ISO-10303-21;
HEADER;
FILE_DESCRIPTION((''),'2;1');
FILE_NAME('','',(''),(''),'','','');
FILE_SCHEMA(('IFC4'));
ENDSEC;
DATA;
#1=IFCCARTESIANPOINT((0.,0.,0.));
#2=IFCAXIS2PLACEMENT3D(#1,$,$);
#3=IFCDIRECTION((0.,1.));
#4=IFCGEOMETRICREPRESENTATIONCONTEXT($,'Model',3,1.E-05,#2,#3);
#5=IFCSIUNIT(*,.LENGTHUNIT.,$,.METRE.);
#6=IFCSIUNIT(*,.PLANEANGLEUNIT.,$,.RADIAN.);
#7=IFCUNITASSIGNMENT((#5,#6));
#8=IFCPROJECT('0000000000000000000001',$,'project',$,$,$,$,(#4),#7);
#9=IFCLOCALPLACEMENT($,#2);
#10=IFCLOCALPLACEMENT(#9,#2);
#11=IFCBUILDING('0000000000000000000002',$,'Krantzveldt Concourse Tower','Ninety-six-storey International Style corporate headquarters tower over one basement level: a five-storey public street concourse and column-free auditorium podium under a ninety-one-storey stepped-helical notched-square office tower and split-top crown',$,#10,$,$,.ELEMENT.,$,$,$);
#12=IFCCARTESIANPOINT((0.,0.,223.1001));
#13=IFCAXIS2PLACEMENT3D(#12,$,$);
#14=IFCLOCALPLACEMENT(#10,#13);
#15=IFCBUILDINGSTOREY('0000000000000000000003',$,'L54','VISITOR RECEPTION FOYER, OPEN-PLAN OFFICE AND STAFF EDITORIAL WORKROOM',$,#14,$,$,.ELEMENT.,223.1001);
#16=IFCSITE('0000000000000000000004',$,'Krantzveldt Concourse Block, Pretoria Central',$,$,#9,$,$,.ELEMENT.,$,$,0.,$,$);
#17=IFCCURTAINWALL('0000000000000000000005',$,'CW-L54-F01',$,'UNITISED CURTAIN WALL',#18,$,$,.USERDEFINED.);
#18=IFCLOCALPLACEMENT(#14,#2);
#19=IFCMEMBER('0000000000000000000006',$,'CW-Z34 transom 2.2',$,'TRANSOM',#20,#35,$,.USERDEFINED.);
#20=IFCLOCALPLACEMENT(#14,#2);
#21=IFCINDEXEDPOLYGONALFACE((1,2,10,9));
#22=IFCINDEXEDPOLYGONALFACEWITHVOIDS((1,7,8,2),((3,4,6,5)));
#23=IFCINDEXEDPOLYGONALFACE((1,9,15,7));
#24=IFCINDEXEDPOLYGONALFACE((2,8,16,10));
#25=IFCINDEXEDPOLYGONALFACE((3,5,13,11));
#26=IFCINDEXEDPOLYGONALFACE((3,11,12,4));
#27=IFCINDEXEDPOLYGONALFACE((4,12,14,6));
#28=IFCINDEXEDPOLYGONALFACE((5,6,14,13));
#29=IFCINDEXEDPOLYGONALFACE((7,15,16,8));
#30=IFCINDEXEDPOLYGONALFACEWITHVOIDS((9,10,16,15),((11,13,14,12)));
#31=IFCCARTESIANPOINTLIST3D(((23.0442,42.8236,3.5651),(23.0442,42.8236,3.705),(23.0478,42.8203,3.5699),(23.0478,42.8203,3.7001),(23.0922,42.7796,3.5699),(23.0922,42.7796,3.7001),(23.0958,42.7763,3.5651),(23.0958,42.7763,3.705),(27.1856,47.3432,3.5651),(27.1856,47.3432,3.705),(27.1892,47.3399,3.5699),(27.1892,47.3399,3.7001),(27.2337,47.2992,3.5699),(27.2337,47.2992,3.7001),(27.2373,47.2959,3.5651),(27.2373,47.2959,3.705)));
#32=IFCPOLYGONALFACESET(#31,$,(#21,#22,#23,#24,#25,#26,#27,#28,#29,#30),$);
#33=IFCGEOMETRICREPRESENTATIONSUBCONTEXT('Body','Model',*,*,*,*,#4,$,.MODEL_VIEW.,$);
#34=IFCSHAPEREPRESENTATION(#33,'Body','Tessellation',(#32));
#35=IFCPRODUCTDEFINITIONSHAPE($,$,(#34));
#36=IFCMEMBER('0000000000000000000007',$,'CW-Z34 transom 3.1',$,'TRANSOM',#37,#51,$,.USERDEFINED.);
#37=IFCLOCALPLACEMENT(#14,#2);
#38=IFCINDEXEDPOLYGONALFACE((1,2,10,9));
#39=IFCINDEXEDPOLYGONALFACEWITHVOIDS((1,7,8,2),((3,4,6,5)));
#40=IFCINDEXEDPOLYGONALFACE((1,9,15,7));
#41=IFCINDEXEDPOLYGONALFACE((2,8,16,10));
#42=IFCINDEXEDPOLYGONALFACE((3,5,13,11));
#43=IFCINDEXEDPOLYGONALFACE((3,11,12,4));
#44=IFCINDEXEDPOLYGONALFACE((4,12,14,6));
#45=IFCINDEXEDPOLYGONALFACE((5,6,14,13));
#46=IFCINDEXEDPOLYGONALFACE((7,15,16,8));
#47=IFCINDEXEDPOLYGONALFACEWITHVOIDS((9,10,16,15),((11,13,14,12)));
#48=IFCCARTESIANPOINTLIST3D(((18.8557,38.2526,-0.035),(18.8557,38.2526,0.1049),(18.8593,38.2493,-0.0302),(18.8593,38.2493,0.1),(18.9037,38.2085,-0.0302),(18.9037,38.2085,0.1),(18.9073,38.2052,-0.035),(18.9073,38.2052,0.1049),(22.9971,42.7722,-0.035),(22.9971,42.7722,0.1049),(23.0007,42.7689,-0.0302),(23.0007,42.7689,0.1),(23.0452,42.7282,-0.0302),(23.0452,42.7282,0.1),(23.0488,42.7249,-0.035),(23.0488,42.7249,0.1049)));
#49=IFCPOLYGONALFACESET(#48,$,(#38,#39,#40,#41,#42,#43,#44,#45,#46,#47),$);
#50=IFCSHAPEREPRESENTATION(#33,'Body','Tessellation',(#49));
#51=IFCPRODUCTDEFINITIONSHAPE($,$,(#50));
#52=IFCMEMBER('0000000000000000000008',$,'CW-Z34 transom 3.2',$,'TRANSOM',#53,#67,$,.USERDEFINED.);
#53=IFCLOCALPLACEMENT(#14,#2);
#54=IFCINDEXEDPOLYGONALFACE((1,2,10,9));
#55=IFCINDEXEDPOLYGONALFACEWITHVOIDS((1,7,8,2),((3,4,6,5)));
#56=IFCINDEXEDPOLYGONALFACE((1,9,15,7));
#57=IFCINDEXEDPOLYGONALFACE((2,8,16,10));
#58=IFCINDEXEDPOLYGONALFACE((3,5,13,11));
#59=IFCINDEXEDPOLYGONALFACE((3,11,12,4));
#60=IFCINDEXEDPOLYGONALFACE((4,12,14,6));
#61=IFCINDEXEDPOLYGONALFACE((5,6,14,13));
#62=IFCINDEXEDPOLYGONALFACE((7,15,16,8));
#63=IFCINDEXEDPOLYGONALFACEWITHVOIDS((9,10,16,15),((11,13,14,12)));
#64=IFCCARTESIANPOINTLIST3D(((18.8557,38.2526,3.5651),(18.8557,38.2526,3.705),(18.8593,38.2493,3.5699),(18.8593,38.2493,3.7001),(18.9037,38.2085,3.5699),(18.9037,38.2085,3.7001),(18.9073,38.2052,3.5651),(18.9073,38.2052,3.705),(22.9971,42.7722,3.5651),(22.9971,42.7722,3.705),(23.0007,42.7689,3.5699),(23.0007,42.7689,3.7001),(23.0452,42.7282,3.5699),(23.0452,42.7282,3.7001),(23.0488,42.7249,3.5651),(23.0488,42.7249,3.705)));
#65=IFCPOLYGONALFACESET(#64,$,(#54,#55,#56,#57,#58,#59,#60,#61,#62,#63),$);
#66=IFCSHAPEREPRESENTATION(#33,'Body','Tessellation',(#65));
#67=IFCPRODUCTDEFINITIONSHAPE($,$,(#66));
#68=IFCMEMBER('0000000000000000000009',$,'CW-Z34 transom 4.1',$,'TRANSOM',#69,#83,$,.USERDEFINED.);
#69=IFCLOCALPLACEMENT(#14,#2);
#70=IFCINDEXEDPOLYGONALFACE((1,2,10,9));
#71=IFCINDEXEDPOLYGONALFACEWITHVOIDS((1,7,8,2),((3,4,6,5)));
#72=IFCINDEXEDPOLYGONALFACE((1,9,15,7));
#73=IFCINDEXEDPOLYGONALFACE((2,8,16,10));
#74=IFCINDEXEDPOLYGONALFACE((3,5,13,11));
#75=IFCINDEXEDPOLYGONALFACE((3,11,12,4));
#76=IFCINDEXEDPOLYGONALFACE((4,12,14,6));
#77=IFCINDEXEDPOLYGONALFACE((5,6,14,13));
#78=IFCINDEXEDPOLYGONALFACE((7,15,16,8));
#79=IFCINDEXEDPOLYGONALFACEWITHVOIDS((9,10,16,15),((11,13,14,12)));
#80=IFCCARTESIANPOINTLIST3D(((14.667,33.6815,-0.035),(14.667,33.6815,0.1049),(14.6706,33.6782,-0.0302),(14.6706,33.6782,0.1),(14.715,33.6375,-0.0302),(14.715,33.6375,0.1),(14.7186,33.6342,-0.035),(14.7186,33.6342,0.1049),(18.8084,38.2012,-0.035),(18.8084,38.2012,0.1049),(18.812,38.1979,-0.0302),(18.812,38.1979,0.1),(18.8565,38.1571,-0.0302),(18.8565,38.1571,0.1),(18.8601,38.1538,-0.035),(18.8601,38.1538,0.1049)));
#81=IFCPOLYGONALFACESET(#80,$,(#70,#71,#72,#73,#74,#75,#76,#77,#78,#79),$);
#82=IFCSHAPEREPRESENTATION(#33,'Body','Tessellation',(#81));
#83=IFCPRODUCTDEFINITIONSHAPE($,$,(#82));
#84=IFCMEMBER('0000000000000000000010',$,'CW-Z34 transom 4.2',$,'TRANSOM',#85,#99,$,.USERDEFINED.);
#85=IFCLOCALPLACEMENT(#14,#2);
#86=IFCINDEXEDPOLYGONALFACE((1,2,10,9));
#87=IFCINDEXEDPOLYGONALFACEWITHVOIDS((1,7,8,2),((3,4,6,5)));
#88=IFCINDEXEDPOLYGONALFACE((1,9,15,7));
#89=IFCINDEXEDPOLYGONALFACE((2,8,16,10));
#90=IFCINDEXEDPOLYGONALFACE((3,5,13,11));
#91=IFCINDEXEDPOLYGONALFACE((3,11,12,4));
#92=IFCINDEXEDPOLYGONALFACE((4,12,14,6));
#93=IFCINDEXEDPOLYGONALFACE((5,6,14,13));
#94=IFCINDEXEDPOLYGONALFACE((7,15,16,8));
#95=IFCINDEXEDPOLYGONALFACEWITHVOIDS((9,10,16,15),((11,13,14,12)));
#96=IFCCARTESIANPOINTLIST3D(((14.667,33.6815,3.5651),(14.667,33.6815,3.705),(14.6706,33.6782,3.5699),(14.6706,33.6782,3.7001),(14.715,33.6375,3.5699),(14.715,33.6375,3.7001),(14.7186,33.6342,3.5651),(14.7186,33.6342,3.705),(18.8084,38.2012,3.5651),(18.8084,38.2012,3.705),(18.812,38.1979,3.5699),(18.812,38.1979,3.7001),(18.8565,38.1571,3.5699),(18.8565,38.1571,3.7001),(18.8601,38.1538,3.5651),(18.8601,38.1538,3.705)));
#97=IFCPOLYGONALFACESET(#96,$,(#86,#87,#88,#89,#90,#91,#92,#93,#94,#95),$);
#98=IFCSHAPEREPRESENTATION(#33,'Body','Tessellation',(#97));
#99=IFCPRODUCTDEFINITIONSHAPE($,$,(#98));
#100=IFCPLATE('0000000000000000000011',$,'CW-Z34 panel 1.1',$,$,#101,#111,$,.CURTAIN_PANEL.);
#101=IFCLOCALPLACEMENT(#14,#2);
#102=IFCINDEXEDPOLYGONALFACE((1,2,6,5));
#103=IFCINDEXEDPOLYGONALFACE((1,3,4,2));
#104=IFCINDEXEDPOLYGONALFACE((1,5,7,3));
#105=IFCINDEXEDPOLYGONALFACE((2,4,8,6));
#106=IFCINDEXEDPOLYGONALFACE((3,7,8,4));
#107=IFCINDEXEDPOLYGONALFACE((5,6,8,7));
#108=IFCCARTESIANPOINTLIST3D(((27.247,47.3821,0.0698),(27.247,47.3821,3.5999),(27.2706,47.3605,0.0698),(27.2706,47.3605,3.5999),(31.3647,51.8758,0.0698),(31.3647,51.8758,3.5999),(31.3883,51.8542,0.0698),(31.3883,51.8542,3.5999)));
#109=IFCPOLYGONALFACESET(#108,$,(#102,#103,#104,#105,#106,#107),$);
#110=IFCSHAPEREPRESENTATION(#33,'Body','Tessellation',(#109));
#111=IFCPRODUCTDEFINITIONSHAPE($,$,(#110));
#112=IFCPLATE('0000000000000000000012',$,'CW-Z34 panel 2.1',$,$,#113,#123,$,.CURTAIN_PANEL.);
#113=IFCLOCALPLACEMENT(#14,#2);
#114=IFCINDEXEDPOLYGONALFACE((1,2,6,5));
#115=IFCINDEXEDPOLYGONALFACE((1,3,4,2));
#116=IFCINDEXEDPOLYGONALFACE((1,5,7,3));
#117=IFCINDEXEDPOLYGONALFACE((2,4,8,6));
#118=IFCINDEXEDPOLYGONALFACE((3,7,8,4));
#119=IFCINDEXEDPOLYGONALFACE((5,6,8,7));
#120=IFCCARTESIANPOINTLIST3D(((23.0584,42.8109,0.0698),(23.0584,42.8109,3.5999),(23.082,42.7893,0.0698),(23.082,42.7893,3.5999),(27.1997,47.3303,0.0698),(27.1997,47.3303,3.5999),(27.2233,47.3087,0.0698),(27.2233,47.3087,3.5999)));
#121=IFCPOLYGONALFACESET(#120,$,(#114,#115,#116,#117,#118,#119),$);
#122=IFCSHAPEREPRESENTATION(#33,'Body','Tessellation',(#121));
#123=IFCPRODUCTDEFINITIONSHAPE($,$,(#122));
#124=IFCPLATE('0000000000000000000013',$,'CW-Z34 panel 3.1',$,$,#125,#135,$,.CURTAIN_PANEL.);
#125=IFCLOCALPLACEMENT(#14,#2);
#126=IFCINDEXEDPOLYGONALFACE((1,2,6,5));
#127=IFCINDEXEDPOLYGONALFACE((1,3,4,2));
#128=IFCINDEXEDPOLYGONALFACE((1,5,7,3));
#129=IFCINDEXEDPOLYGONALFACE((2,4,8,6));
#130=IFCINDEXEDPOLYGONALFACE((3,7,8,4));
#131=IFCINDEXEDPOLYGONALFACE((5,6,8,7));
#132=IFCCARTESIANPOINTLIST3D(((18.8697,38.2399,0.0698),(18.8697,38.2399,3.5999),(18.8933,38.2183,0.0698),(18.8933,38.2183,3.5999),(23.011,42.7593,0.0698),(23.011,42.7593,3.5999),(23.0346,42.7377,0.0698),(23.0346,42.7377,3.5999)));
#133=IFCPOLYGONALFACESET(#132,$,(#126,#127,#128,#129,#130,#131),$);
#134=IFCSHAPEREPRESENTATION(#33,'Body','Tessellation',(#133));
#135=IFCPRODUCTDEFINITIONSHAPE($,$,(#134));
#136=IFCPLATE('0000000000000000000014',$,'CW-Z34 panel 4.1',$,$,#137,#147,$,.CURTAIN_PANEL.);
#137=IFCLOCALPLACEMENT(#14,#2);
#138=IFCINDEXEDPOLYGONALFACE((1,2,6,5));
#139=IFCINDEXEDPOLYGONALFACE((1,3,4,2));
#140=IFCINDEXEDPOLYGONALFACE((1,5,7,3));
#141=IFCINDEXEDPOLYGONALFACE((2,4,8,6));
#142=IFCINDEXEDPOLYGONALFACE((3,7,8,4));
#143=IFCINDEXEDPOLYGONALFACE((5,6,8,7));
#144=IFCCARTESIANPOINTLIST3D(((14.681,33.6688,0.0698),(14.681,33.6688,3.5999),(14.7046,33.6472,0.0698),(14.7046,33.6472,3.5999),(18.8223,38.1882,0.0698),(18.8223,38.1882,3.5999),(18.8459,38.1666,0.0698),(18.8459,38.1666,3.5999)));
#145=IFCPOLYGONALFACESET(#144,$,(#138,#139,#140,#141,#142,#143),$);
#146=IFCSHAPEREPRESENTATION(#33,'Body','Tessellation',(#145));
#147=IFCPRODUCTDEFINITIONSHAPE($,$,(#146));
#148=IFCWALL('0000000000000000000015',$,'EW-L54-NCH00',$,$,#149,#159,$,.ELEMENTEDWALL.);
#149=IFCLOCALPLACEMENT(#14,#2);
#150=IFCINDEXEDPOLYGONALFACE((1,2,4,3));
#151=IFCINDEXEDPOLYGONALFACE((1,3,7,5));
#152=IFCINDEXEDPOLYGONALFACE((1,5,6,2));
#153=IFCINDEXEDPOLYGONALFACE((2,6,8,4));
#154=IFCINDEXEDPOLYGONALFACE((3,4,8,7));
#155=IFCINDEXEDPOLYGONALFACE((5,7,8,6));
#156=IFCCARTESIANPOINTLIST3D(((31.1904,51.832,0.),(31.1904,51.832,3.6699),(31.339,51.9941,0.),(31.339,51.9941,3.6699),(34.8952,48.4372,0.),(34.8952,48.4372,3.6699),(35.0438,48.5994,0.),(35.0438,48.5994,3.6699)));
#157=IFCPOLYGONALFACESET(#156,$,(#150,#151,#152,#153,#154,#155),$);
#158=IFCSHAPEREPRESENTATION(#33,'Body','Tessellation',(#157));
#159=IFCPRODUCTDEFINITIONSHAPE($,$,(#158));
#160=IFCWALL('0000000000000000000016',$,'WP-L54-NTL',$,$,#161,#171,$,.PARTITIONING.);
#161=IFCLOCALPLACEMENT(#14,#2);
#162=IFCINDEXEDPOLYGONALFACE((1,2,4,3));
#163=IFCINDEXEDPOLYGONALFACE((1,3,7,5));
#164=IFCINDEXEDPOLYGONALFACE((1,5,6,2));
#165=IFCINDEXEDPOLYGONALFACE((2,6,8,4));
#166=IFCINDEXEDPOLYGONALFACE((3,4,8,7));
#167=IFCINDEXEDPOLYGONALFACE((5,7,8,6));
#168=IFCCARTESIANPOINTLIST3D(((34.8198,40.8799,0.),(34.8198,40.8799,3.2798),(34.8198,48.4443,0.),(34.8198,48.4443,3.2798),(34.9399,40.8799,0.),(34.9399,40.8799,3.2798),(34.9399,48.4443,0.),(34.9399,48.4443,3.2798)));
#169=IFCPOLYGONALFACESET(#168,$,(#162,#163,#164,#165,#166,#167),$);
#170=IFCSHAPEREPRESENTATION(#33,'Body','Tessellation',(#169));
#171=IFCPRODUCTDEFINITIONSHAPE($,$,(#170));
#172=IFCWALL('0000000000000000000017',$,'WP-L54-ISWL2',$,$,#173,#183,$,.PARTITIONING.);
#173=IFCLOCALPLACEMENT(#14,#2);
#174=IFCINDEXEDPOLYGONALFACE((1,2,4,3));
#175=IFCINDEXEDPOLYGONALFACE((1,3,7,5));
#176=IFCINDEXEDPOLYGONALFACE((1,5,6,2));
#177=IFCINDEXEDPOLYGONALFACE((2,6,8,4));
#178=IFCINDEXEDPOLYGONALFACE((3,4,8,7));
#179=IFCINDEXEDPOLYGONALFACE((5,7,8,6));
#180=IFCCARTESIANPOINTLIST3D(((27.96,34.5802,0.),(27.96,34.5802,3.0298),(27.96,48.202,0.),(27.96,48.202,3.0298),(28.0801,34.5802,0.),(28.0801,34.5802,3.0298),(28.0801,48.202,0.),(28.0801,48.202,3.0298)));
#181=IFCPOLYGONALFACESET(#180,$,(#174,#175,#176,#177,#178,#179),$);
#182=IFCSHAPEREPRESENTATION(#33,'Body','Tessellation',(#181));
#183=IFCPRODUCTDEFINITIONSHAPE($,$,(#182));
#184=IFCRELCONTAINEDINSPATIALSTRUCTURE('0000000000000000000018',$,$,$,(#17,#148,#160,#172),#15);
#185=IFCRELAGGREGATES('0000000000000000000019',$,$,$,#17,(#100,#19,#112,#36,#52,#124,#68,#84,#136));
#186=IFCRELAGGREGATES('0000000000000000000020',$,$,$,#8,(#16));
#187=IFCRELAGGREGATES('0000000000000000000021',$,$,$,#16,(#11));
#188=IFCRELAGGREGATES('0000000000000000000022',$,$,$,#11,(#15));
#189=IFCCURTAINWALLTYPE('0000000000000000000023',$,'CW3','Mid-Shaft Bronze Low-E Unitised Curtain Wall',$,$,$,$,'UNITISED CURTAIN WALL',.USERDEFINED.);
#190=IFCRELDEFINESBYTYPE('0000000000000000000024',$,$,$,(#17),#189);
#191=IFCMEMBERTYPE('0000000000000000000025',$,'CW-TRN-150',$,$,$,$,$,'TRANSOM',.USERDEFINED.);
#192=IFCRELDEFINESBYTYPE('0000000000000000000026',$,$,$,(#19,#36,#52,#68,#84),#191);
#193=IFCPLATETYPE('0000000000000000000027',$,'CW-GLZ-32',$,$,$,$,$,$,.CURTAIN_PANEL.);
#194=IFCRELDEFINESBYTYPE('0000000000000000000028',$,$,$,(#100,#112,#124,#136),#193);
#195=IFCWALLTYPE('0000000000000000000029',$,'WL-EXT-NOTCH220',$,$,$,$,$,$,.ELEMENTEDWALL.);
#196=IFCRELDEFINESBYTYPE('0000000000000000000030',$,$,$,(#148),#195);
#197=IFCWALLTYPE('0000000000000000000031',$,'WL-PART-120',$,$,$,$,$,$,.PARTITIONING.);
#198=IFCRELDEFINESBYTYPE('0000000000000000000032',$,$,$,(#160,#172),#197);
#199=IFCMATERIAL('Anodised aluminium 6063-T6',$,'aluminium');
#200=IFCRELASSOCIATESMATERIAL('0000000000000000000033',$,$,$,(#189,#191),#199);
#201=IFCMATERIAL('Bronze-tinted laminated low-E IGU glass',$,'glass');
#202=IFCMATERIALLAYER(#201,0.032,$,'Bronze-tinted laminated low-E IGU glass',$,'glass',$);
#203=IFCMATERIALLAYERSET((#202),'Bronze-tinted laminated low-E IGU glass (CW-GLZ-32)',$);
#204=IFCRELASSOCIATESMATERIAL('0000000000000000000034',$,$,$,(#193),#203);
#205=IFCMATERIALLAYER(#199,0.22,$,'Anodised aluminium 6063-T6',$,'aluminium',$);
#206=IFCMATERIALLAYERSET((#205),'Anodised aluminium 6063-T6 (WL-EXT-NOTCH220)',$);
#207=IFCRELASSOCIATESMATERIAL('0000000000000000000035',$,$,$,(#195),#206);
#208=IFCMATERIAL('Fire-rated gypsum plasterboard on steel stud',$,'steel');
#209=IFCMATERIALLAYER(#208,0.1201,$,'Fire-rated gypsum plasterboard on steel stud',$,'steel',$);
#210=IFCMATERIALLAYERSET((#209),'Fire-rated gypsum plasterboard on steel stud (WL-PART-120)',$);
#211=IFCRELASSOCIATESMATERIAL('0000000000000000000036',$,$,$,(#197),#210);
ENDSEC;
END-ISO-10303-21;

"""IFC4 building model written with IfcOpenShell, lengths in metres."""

from ifc_helpers import new_model, si_unit, direction, frame, frame_2d, origin, origin_2d, place, context, subcontext, project, spatial, rectangle, hollow_rectangle, extrude, source, transform, mapped, material, layer, layer_set, material_profile, profile_set, type_object, type_shapes, element, aggregate, save


model = new_model("IFC4")

# Units and contexts
model_context = context("Model", 3, precision=1e-05, world=origin(), true_north=direction((0.0, 1.0)))
body_context = subcontext(model_context, "Body", "Model", "MODEL_VIEW")
ifc_project = project(units=[si_unit("LENGTHUNIT", "METRE"), si_unit("PLANEANGLEUNIT", "RADIAN")], contexts=[model_context])

# Site, building, storey
site_placement = place(None, origin())
site = spatial("IfcSite", under=ifc_project, at=site_placement, Name="Krantzveldt Concourse Block, Pretoria Central", CompositionType="ELEMENT", RefElevation=0.0)
building_placement = place(site_placement, origin())
building = spatial("IfcBuilding", under=site, at=building_placement, Name="Krantzveldt Concourse Tower", Description="Ninety-six-storey International Style corporate headquarters tower over one basement level: a five-storey public street concourse and column-free auditorium podium under a ninety-one-storey stepped-helical notched-square office tower and split-top crown", CompositionType="ELEMENT")
storey_placement = place(building_placement, frame((0.0, 0.0, 223.1001)))
storey = spatial("IfcBuildingStorey", under=building, at=storey_placement, Name="L54", Description="VISITOR RECEPTION FOYER, OPEN-PLAN OFFICE AND STAFF EDITORIAL WORKROOM", CompositionType="ELEMENT", Elevation=223.1001)

# Curtain wall, members, plates
ifc_material_1 = material(Name="Anodised aluminium 6063-T6", Category="aluminium")
curtain_wall_type = type_object("IfcCurtainWallType", Name="CW3", Description="Mid-Shaft Bronze Low-E Unitised Curtain Wall", ElementType="UNITISED CURTAIN WALL", PredefinedType="USERDEFINED", material=ifc_material_1)
curtain_wall_placement = place(storey_placement, origin())
curtain_wall = element("IfcCurtainWall", 1, at=curtain_wall_placement, inside=storey, type_object=curtain_wall_type, Name="CW-L54-F01", ObjectType="UNITISED CURTAIN WALL", PredefinedType="USERDEFINED")
ifc_material_profile_1 = material_profile(ifc_material_1, hollow_rectangle(XDim=0.0701, YDim=0.1399, WallThickness=0.0049, at=origin_2d()), Name="Anodised aluminium 6063-T6", Category="aluminium")
ifc_profile_set_1 = profile_set([ifc_material_profile_1], Name="Anodised aluminium 6063-T6 - ALU-TRAN 140x70x5")
member_type_1 = type_object("IfcMemberType", Name="CW-TRN-150", ElementType="TRANSOM", PredefinedType="USERDEFINED", material=ifc_profile_set_1)
shared_shape_1 = source(origin(), body_context, "Body", "SweptSolid", [
    extrude(hollow_rectangle(XDim=0.0701, YDim=0.1399, WallThickness=0.0049, at=origin_2d()), origin(), (0.0, 0.0, 1.0), 6.1301),
])
member_1_placement = place(storey_placement, frame((27.2114, 47.3196, 3.635), z_axis=(-0.675588, -0.73728, 0.0), x_axis=(0.73728, -0.675588, 0.0)))
member_1 = element("IfcMember", 2, at=member_1_placement, type_object=member_type_1, Name="CW-Z34 transom 2.2", ObjectType="TRANSOM", PredefinedType="USERDEFINED", context=body_context, shape_type="MappedRepresentation", body=[
    mapped(shared_shape_1, transform((0.0, 0.0, 0.0), x_axis=(1.0, 0.0, 0.0), y_axis=(0.0, 1.0, 0.0), z_axis=(0.0, 0.0, 1.0), scale=1.0)),
])
member_2_placement = place(storey_placement, frame((23.0229, 42.7485, 0.0349), z_axis=(-0.675588, -0.73728, 0.0), x_axis=(0.73728, -0.675588, 0.0)))
member_2 = element("IfcMember", 3, at=member_2_placement, type_object=member_type_1, Name="CW-Z34 transom 3.1", ObjectType="TRANSOM", PredefinedType="USERDEFINED", context=body_context, shape_type="MappedRepresentation", body=[
    mapped(shared_shape_1, transform((0.0, 0.0, 0.0), x_axis=(1.0, 0.0, 0.0), y_axis=(0.0, 1.0, 0.0), z_axis=(0.0, 0.0, 1.0), scale=1.0)),
])
member_3_placement = place(storey_placement, frame((23.0229, 42.7485, 3.635), z_axis=(-0.675588, -0.73728, 0.0), x_axis=(0.73728, -0.675588, 0.0)))
member_3 = element("IfcMember", 4, at=member_3_placement, type_object=member_type_1, Name="CW-Z34 transom 3.2", ObjectType="TRANSOM", PredefinedType="USERDEFINED", context=body_context, shape_type="MappedRepresentation", body=[
    mapped(shared_shape_1, transform((0.0, 0.0, 0.0), x_axis=(1.0, 0.0, 0.0), y_axis=(0.0, 1.0, 0.0), z_axis=(0.0, 0.0, 1.0), scale=1.0)),
])
member_4_placement = place(storey_placement, frame((18.8342, 38.1775, 0.0349), z_axis=(-0.675588, -0.73728, 0.0), x_axis=(0.73728, -0.675588, 0.0)))
member_4 = element("IfcMember", 5, at=member_4_placement, type_object=member_type_1, Name="CW-Z34 transom 4.1", ObjectType="TRANSOM", PredefinedType="USERDEFINED", context=body_context, shape_type="MappedRepresentation", body=[
    mapped(shared_shape_1, transform((0.0, 0.0, 0.0), x_axis=(1.0, 0.0, 0.0), y_axis=(0.0, 1.0, 0.0), z_axis=(0.0, 0.0, 1.0), scale=1.0)),
])
member_5_placement = place(storey_placement, frame((18.8342, 38.1775, 3.635), z_axis=(-0.675588, -0.73728, 0.0), x_axis=(0.73728, -0.675588, 0.0)))
member_5 = element("IfcMember", 6, at=member_5_placement, type_object=member_type_1, Name="CW-Z34 transom 4.2", ObjectType="TRANSOM", PredefinedType="USERDEFINED", context=body_context, shape_type="MappedRepresentation", body=[
    mapped(shared_shape_1, transform((0.0, 0.0, 0.0), x_axis=(1.0, 0.0, 0.0), y_axis=(0.0, 1.0, 0.0), z_axis=(0.0, 0.0, 1.0), scale=1.0)),
])
ifc_material_2 = material(Name="Bronze-tinted laminated low-E IGU glass", Category="glass")
ifc_layer_1 = layer(ifc_material_2, 0.032, Name="Bronze-tinted laminated low-E IGU glass", Category="glass")
ifc_layer_set_1 = layer_set([ifc_layer_1], Name="Bronze-tinted laminated low-E IGU glass (CW-GLZ-32)")
plate_type = type_object("IfcPlateType", Name="CW-GLZ-32", PredefinedType="CURTAIN_PANEL", material=ifc_layer_set_1)
shared_shape_2 = source(origin(), body_context, "Body", "SweptSolid", [
    extrude(rectangle(XDim=6.095, YDim=0.032, at=origin_2d()), origin(), (0.0, 0.0, 1.0), 3.53),
])
plate_1_placement = place(storey_placement, frame((29.3176, 49.6182, 0.0698), z_axis=(0.0, 0.0, 1.0), x_axis=(-0.67559, -0.737277, 0.0)))
plate_1 = element("IfcPlate", 7, at=plate_1_placement, type_object=plate_type, Name="CW-Z34 panel 1.1", PredefinedType="CURTAIN_PANEL", context=body_context, shape_type="MappedRepresentation", body=[
    mapped(shared_shape_2, transform((0.0, 0.0, 0.0), x_axis=(1.0, 0.0, 0.0), y_axis=(0.0, 1.0, 0.0), z_axis=(0.0, 0.0, 1.0), scale=1.0)),
])
shared_shape_3 = source(origin(), body_context, "Body", "SweptSolid", [
    extrude(rectangle(XDim=6.1299, YDim=0.032, at=origin_2d()), origin(), (0.0, 0.0, 1.0), 3.53),
])
type_shapes(plate_type, [shared_shape_2, shared_shape_3])
plate_2_placement = place(storey_placement, frame((25.1409, 45.0598, 0.0698), z_axis=(0.0, 0.0, 1.0), x_axis=(-0.67559, -0.737277, 0.0)))
plate_2 = element("IfcPlate", 8, at=plate_2_placement, type_object=plate_type, Name="CW-Z34 panel 2.1", PredefinedType="CURTAIN_PANEL", context=body_context, shape_type="MappedRepresentation", body=[
    mapped(shared_shape_3, transform((0.0, 0.0, 0.0), x_axis=(1.0, 0.0, 0.0), y_axis=(0.0, 1.0, 0.0), z_axis=(0.0, 0.0, 1.0), scale=1.0)),
])
plate_3_placement = place(storey_placement, frame((20.9521, 40.4888, 0.0698), z_axis=(0.0, 0.0, 1.0), x_axis=(-0.67559, -0.737277, 0.0)))
plate_3 = element("IfcPlate", 9, at=plate_3_placement, type_object=plate_type, Name="CW-Z34 panel 3.1", PredefinedType="CURTAIN_PANEL", context=body_context, shape_type="MappedRepresentation", body=[
    mapped(shared_shape_3, transform((0.0, 0.0, 0.0), x_axis=(1.0, 0.0, 0.0), y_axis=(0.0, 1.0, 0.0), z_axis=(0.0, 0.0, 1.0), scale=1.0)),
])
plate_4_placement = place(storey_placement, frame((16.7634, 35.9177, 0.0698), z_axis=(0.0, 0.0, 1.0), x_axis=(-0.67559, -0.737277, 0.0)))
plate_4 = element("IfcPlate", 10, at=plate_4_placement, type_object=plate_type, Name="CW-Z34 panel 4.1", PredefinedType="CURTAIN_PANEL", context=body_context, shape_type="MappedRepresentation", body=[
    mapped(shared_shape_3, transform((0.0, 0.0, 0.0), x_axis=(1.0, 0.0, 0.0), y_axis=(0.0, 1.0, 0.0), z_axis=(0.0, 0.0, 1.0), scale=1.0)),
])
aggregate(curtain_wall, [plate_1, member_1, plate_2, member_2, member_3, plate_3, member_4, member_5, plate_4])

# Walls
ifc_layer_2 = layer(ifc_material_1, 0.22, Name="Anodised aluminium 6063-T6", Category="aluminium")
ifc_layer_set_2 = layer_set([ifc_layer_2], Name="Anodised aluminium 6063-T6 (WL-EXT-NOTCH220)")
wall_type_1 = type_object("IfcWallType", Name="WL-EXT-NOTCH220", PredefinedType="ELEMENTEDWALL", material=ifc_layer_set_2)
wall_1_placement = place(storey_placement, frame((34.9695, 48.5183, 0.0), z_axis=(0.0, 0.0, 1.0), x_axis=(-0.737285, 0.675582, 0.0)))
element("IfcWall", 11, at=wall_1_placement, inside=storey, type_object=wall_type_1, Name="EW-L54-NCH00", PredefinedType="ELEMENTEDWALL", context=body_context, shape_type="SweptSolid", body=[
    extrude(rectangle(XDim=5.0249, YDim=0.22, at=frame_2d((2.5125, 0.0))), origin(), (0.0, 0.0, 1.0), 3.6699),
])
ifc_material_3 = material(Name="Fire-rated gypsum plasterboard on steel stud", Category="steel")
ifc_layer_3 = layer(ifc_material_3, 0.1201, Name="Fire-rated gypsum plasterboard on steel stud", Category="steel")
ifc_layer_set_3 = layer_set([ifc_layer_3], Name="Fire-rated gypsum plasterboard on steel stud (WL-PART-120)")
wall_type_2 = type_object("IfcWallType", Name="WL-PART-120", PredefinedType="PARTITIONING", material=ifc_layer_set_3)
wall_2_placement = place(storey_placement, frame((34.8799, 40.8799, 0.0), z_axis=(0.0, 0.0, 1.0), x_axis=(0.0, 1.0, 0.0)))
element("IfcWall", 12, at=wall_2_placement, inside=storey, type_object=wall_type_2, Name="WP-L54-NTL", PredefinedType="PARTITIONING", context=body_context, shape_type="SweptSolid", body=[
    extrude(rectangle(XDim=7.5645, YDim=0.1201, at=frame_2d((3.7822, 0.0))), origin(), (0.0, 0.0, 1.0), 3.2798),
])
wall_3_placement = place(storey_placement, frame((28.02, 34.5801, 0.0), z_axis=(0.0, 0.0, 1.0), x_axis=(0.0, 1.0, 0.0)))
element("IfcWall", 13, at=wall_3_placement, inside=storey, type_object=wall_type_2, Name="WP-L54-ISWL2", PredefinedType="PARTITIONING", context=body_context, shape_type="SweptSolid", body=[
    extrude(rectangle(XDim=13.6218, YDim=0.1201, at=frame_2d((6.811, 0.0))), origin(), (0.0, 0.0, 1.0), 3.0298),
])

save(model, "model.ifc")
